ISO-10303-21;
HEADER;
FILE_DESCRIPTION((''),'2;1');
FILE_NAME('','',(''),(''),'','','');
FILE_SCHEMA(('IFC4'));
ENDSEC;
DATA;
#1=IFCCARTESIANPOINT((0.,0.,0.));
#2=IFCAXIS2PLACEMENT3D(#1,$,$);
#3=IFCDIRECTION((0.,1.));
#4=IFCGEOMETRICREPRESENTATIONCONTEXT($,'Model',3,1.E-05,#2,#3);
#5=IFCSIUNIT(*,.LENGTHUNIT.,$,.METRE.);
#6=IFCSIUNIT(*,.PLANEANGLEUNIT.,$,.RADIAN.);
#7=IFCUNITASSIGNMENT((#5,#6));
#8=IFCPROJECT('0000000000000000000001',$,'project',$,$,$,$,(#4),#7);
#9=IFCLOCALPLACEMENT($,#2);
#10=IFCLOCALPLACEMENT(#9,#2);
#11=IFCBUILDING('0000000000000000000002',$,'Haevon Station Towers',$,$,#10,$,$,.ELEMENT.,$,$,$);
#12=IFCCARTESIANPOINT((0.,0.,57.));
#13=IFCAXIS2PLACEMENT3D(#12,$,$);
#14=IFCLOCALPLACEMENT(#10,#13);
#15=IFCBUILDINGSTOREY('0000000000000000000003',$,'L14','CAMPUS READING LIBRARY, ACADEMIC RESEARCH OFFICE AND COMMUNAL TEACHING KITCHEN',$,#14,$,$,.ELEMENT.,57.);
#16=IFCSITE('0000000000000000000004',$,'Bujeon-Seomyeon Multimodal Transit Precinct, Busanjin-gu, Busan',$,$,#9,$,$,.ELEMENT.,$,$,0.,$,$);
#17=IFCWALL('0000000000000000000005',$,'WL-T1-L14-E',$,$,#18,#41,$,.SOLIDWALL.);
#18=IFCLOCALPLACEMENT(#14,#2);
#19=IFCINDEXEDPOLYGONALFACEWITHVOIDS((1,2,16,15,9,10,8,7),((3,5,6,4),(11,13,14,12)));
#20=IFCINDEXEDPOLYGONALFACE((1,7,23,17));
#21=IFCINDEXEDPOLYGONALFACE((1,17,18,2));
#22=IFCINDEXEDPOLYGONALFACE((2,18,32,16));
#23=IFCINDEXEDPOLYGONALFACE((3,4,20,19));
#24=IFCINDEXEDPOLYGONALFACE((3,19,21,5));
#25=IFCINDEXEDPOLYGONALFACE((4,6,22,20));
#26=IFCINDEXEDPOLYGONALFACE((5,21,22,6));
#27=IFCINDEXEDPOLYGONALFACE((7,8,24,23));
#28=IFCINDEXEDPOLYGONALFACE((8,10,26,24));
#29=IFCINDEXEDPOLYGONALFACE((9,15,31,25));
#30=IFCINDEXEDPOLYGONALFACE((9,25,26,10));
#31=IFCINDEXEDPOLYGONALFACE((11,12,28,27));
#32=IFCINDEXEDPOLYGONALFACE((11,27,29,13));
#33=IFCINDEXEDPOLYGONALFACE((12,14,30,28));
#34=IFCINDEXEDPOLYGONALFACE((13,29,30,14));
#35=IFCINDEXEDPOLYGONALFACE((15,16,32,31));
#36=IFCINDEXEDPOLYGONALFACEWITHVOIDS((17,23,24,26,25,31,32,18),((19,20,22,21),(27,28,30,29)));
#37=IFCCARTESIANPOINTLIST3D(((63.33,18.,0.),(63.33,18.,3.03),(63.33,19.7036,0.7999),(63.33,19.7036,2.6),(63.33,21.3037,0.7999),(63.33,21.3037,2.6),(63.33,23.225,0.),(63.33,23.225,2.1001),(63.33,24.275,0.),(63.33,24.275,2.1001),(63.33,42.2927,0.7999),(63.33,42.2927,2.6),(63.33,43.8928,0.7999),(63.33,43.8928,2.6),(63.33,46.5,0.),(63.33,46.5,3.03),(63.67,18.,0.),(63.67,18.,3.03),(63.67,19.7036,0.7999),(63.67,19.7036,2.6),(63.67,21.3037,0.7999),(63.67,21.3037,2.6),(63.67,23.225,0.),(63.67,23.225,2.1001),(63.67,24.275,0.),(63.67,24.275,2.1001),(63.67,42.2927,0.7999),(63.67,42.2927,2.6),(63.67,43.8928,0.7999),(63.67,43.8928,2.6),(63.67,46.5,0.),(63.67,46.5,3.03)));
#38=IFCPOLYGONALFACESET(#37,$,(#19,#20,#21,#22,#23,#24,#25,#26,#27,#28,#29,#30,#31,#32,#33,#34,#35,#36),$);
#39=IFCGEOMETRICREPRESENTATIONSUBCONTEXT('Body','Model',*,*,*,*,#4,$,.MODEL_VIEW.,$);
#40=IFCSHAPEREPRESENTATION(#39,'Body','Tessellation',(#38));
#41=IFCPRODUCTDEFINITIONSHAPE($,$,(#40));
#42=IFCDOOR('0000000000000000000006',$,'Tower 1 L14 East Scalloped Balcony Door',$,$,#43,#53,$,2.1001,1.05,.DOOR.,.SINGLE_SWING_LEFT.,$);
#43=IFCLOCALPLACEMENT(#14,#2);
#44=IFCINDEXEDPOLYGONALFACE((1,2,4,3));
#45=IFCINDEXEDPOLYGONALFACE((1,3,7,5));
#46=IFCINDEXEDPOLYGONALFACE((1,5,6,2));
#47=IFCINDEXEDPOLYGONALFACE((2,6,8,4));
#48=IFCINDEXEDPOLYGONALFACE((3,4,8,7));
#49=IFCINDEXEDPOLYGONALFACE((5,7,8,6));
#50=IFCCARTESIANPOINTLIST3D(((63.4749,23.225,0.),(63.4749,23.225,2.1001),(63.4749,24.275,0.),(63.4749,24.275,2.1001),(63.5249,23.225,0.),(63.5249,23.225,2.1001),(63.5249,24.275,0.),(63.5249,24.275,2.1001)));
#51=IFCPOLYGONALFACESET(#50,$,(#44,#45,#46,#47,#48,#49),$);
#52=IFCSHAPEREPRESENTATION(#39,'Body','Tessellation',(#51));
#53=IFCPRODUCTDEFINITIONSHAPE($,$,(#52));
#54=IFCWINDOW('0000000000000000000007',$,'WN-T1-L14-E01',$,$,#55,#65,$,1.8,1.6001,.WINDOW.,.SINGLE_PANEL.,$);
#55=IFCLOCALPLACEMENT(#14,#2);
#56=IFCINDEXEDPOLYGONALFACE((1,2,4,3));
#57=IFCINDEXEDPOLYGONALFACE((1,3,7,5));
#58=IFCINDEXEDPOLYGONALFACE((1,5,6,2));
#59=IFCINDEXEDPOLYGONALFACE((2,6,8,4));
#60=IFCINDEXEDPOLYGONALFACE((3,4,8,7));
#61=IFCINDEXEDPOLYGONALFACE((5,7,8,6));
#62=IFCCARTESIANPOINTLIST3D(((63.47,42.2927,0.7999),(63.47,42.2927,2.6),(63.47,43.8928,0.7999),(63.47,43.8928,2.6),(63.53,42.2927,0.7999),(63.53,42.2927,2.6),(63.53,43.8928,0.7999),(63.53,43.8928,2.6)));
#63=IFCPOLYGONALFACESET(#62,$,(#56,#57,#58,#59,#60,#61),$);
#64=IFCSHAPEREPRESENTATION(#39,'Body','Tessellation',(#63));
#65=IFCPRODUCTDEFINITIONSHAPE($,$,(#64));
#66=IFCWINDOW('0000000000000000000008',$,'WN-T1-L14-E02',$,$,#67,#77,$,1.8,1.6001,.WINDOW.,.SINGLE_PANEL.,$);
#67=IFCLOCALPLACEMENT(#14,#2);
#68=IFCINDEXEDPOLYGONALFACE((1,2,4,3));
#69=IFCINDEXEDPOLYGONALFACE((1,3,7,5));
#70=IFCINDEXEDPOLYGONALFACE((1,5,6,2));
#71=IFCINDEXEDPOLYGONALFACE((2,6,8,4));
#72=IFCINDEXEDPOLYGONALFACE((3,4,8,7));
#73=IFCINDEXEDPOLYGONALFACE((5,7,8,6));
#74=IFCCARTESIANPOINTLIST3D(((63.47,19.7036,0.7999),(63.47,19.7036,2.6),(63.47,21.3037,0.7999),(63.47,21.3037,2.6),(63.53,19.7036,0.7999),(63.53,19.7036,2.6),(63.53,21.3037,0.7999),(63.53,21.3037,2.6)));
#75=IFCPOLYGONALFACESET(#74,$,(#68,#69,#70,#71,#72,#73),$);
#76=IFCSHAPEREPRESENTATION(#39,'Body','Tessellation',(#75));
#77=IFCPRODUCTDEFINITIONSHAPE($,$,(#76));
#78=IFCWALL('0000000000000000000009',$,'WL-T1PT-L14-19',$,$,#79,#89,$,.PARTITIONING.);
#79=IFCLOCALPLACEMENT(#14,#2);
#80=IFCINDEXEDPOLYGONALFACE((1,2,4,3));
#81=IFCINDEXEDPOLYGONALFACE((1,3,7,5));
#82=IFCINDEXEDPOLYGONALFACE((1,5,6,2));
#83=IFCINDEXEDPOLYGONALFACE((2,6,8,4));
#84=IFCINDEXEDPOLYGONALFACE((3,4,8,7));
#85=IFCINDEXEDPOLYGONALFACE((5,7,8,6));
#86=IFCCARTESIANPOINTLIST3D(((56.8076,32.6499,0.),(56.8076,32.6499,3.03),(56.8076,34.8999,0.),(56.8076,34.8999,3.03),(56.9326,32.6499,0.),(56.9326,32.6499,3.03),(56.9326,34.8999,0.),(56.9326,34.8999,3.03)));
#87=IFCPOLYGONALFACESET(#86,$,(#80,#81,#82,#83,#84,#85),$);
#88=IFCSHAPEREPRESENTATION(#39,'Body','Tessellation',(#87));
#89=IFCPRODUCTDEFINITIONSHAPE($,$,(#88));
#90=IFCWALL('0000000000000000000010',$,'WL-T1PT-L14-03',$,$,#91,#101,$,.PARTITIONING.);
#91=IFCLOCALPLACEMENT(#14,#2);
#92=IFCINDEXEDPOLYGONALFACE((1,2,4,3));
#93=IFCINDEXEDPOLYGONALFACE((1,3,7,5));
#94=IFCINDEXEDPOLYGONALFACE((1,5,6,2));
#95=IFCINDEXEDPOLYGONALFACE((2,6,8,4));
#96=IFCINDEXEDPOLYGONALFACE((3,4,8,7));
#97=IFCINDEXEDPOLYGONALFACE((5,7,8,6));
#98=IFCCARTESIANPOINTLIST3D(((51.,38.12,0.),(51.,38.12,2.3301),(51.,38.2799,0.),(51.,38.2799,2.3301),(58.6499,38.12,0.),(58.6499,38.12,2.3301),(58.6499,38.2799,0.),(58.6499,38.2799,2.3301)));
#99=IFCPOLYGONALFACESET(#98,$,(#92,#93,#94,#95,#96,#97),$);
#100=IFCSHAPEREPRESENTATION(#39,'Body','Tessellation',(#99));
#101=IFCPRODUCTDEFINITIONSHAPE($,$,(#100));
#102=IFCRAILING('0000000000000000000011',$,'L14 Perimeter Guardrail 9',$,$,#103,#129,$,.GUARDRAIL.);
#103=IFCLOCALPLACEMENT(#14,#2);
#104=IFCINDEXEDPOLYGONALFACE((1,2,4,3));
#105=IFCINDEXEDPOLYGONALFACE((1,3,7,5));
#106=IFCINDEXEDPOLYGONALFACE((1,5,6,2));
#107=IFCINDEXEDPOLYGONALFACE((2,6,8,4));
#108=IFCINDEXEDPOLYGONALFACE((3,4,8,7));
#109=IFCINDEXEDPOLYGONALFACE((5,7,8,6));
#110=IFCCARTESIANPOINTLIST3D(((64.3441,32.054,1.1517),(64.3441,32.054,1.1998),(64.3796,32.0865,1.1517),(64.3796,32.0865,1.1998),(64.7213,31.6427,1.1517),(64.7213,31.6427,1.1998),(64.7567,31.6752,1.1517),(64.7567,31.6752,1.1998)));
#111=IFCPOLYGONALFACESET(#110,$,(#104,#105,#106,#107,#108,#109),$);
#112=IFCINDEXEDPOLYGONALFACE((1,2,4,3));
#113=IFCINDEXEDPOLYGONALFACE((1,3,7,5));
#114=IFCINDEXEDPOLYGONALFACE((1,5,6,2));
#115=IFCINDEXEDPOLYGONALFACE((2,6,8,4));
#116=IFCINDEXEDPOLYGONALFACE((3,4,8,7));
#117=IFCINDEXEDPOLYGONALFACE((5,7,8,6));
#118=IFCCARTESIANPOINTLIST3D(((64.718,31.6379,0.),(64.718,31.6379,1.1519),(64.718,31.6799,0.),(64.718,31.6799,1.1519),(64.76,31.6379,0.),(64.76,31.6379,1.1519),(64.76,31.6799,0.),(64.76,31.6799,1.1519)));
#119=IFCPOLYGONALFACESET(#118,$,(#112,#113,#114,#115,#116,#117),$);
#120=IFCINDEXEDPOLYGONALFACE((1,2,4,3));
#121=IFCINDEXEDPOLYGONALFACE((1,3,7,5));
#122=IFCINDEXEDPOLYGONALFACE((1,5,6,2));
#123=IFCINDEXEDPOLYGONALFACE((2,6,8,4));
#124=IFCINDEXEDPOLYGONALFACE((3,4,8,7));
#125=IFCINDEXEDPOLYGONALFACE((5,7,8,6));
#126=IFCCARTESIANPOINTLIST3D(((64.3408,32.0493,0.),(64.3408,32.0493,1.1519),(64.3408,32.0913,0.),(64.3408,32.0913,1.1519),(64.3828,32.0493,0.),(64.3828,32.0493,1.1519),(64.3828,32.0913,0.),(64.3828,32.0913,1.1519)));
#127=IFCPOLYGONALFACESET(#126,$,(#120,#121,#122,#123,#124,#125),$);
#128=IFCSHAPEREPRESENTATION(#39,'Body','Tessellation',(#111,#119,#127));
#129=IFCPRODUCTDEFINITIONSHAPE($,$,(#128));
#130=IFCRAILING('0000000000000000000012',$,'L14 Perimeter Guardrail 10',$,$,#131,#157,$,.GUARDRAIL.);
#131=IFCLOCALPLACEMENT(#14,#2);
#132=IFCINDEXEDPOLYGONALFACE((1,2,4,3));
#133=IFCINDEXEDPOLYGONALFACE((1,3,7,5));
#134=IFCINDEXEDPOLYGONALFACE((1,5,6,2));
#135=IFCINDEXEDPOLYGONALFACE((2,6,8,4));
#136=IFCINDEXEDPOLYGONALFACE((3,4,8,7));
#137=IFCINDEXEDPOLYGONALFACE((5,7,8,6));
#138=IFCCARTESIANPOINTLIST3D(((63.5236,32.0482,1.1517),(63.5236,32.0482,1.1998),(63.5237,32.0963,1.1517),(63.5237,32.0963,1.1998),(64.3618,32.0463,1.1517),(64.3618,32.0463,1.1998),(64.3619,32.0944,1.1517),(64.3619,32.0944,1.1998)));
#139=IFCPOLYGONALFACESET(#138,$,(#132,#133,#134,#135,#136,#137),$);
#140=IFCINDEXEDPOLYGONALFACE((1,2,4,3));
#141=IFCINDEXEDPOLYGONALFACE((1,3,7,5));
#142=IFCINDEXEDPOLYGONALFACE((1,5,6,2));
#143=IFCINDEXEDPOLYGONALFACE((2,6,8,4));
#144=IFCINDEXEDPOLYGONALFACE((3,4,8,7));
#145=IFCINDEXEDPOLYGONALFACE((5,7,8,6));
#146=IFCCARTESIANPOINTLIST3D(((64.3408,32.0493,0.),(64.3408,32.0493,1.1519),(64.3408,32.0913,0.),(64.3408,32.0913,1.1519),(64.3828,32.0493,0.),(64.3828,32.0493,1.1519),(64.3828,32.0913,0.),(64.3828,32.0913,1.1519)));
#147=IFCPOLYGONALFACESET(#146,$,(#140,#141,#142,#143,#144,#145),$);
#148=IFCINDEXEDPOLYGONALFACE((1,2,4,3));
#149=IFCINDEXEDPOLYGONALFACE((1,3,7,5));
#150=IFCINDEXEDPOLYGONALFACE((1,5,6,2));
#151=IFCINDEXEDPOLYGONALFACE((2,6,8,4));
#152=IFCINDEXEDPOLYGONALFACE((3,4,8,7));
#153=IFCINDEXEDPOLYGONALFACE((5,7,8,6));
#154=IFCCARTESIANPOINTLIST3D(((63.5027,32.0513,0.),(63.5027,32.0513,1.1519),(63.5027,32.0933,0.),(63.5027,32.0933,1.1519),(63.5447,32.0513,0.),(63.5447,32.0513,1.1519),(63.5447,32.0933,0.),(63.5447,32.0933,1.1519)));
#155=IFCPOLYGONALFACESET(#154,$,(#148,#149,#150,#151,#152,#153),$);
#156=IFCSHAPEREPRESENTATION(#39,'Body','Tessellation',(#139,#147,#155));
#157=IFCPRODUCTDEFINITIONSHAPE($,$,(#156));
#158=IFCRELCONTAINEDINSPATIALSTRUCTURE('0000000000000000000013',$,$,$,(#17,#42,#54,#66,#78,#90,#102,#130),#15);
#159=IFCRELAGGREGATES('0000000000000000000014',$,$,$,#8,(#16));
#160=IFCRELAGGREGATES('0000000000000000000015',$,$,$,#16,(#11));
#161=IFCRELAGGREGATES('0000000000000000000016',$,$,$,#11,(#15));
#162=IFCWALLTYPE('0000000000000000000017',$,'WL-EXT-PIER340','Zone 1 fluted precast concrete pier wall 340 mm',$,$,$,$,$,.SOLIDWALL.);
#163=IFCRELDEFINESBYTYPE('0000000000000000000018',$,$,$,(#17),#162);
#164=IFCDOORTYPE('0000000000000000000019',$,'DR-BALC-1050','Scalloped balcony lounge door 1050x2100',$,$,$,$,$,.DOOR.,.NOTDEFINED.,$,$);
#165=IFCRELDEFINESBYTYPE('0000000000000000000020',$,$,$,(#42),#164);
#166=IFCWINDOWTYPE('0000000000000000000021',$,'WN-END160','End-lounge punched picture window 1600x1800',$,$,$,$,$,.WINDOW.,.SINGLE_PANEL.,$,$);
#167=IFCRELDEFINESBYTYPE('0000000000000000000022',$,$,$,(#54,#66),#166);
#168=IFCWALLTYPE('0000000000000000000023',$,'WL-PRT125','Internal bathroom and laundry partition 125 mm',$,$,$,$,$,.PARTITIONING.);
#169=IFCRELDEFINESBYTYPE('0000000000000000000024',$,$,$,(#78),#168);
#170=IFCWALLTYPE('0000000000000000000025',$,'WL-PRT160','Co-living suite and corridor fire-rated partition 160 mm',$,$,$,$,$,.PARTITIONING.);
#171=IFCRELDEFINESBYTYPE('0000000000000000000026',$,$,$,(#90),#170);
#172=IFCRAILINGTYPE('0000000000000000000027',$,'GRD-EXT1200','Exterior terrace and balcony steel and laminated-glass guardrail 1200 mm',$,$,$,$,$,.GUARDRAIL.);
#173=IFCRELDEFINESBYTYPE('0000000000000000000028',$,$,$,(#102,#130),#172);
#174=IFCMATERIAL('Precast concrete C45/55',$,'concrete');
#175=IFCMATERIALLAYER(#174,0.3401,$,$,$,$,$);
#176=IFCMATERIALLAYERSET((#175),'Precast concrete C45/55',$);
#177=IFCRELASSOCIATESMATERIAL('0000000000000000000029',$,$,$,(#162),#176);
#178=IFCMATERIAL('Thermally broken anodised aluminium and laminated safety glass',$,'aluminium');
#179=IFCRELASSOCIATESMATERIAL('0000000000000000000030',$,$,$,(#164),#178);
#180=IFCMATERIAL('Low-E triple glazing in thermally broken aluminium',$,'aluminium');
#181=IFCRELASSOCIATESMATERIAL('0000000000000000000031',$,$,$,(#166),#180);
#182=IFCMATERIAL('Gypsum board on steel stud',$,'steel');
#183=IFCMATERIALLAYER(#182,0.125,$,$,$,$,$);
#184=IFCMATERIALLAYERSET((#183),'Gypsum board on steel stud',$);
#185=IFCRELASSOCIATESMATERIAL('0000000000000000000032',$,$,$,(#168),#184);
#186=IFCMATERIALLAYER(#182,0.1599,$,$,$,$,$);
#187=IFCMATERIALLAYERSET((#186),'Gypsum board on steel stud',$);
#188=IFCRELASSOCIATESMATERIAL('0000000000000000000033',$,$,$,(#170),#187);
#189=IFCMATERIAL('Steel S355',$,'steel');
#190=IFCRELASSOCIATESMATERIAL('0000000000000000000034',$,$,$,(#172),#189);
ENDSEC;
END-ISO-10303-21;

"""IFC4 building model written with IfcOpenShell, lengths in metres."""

from ifc_helpers import new_model, si_unit, direction, frame, frame_2d, origin, origin_2d, place, context, subcontext, project, spatial, rectangle, extrude, material, layer, layer_set, type_object, element, fill, save


model = new_model("IFC4")

# Units and contexts
model_context = context("Model", 3, precision=1e-05, world=origin(), true_north=direction((0.0, 1.0)))
body_context = subcontext(model_context, "Body", "Model", "MODEL_VIEW")
ifc_project = project(units=[si_unit("LENGTHUNIT", "METRE"), si_unit("PLANEANGLEUNIT", "RADIAN")], contexts=[model_context])

# Site, building, storey
site_placement = place(None, origin())
site = spatial("IfcSite", under=ifc_project, at=site_placement, Name="Bujeon-Seomyeon Multimodal Transit Precinct, Busanjin-gu, Busan", CompositionType="ELEMENT", RefElevation=0.0)
building_placement = place(site_placement, origin())
building = spatial("IfcBuilding", under=site, at=building_placement, Name="Haevon Station Towers", CompositionType="ELEMENT")
storey_placement = place(building_placement, frame((0.0, 0.0, 57.0)))
storey = spatial("IfcBuildingStorey", under=building, at=storey_placement, Name="L14", Description="CAMPUS READING LIBRARY, ACADEMIC RESEARCH OFFICE AND COMMUNAL TEACHING KITCHEN", CompositionType="ELEMENT", Elevation=57.0)

# Shared definitions
ifc_material_1 = material(Name="Steel S355", Category="steel")

# Shared definitions
ifc_material_2 = material(Name="Precast concrete C45/55", Category="concrete")
ifc_layer_1 = layer(ifc_material_2, 0.3401)
ifc_layer_set_1 = layer_set([ifc_layer_1], Name="Precast concrete C45/55")
wall_type_1 = type_object("IfcWallType", Name="WL-EXT-PIER340", Description="Zone 1 fluted precast concrete pier wall 340 mm", PredefinedType="SOLIDWALL", material=ifc_layer_set_1)

# Wall, openings, door, windows
wall_1_placement = place(storey_placement, frame((63.5, 46.5, 0.0), z_axis=(0.0, 0.0, 1.0), x_axis=(0.0, -1.0, 0.0)))
wall_1 = element("IfcWall", 1, at=wall_1_placement, inside=storey, type_object=wall_type_1, Name="WL-T1-L14-E", PredefinedType="SOLIDWALL", context=body_context, shape_type="SweptSolid", body=[
    extrude(rectangle(XDim=28.5, YDim=0.3401, at=frame_2d((14.25, 0.0))), origin(), (0.0, 0.0, 1.0), 3.03),
])
opening_1_placement = place(wall_1_placement, frame((22.2251, 0.0, 0.0)))
opening_1 = element("IfcOpeningElement", 2, at=opening_1_placement, cuts=wall_1, PredefinedType="OPENING", context=body_context, shape_type="SweptSolid", body=[
    extrude(rectangle(XDim=1.05, YDim=2.1001, at=frame_2d((0.5249, 1.05))), frame((0.0, 0.1799, 0.0), z_axis=(0.0, -1.0, 0.0), x_axis=(1.0, 0.0, 0.0)), (0.0, 0.0, 1.0), 0.3601),
])
opening_2_placement = place(wall_1_placement, frame((2.6072, 0.0, 0.8)))
opening_2 = element("IfcOpeningElement", 3, at=opening_2_placement, cuts=wall_1, PredefinedType="OPENING", context=body_context, shape_type="SweptSolid", body=[
    extrude(rectangle(XDim=1.6001, YDim=1.8, at=frame_2d((0.8, 0.8999))), frame((0.0, 0.1799, 0.0), z_axis=(0.0, -1.0, 0.0), x_axis=(1.0, 0.0, 0.0)), (0.0, 0.0, 1.0), 0.3601),
])
opening_3_placement = place(wall_1_placement, frame((25.1963, 0.0, 0.8)))
opening_3 = element("IfcOpeningElement", 4, at=opening_3_placement, cuts=wall_1, PredefinedType="OPENING", context=body_context, shape_type="SweptSolid", body=[
    extrude(rectangle(XDim=1.6001, YDim=1.8, at=frame_2d((0.8, 0.8999))), frame((0.0, 0.1799, 0.0), z_axis=(0.0, -1.0, 0.0), x_axis=(1.0, 0.0, 0.0)), (0.0, 0.0, 1.0), 0.3601),
])
ifc_material_3 = material(Name="Thermally broken anodised aluminium and laminated safety glass", Category="aluminium")
door_type = type_object("IfcDoorType", Name="DR-BALC-1050", Description="Scalloped balcony lounge door 1050x2100", OperationType="NOTDEFINED", PredefinedType="DOOR", material=ifc_material_3)
door_placement = place(opening_1_placement, origin())
door = element("IfcDoor", 5, at=door_placement, inside=storey, type_object=door_type, Name="Tower 1 L14 East Scalloped Balcony Door", OperationType="SINGLE_SWING_LEFT", OverallHeight=2.1001, OverallWidth=1.05, PredefinedType="DOOR", context=body_context, shape_type="SweptSolid", body=[
    extrude(rectangle(XDim=1.05, YDim=2.1001, at=frame_2d((0.5249, 1.05))), frame((0.0, 0.0249, 0.0), z_axis=(0.0, -1.0, 0.0), x_axis=(1.0, 0.0, 0.0)), (0.0, 0.0, 1.0), 0.05),
])
fill(opening_1, door)
ifc_material_4 = material(Name="Low-E triple glazing in thermally broken aluminium", Category="aluminium")
window_type = type_object("IfcWindowType", Name="WN-END160", Description="End-lounge punched picture window 1600x1800", PartitioningType="SINGLE_PANEL", PredefinedType="WINDOW", material=ifc_material_4)
window_1_placement = place(opening_2_placement, origin())
window_1 = element("IfcWindow", 6, at=window_1_placement, inside=storey, type_object=window_type, Name="WN-T1-L14-E01", OverallHeight=1.8, OverallWidth=1.6001, PartitioningType="SINGLE_PANEL", PredefinedType="WINDOW", context=body_context, shape_type="SweptSolid", body=[
    extrude(rectangle(XDim=1.6001, YDim=1.8, at=frame_2d((0.8, 0.8999))), frame((0.0, 0.03, 0.0), z_axis=(0.0, -1.0, 0.0), x_axis=(1.0, 0.0, 0.0)), (0.0, 0.0, 1.0), 0.0601),
])
fill(opening_2, window_1)
window_2_placement = place(opening_3_placement, origin())
window_2 = element("IfcWindow", 7, at=window_2_placement, inside=storey, type_object=window_type, Name="WN-T1-L14-E02", OverallHeight=1.8, OverallWidth=1.6001, PartitioningType="SINGLE_PANEL", PredefinedType="WINDOW", context=body_context, shape_type="SweptSolid", body=[
    extrude(rectangle(XDim=1.6001, YDim=1.8, at=frame_2d((0.8, 0.8999))), frame((0.0, 0.03, 0.0), z_axis=(0.0, -1.0, 0.0), x_axis=(1.0, 0.0, 0.0)), (0.0, 0.0, 1.0), 0.0601),
])
fill(opening_3, window_2)

# Walls
ifc_material_5 = material(Name="Gypsum board on steel stud", Category="steel")
ifc_layer_2 = layer(ifc_material_5, 0.125)
ifc_layer_set_2 = layer_set([ifc_layer_2], Name="Gypsum board on steel stud")
wall_type_2 = type_object("IfcWallType", Name="WL-PRT125", Description="Internal bathroom and laundry partition 125 mm", PredefinedType="PARTITIONING", material=ifc_layer_set_2)
wall_2_placement = place(storey_placement, frame((56.8701, 32.6499, 0.0), z_axis=(0.0, 0.0, 1.0), x_axis=(0.0, 1.0, 0.0)))
element("IfcWall", 8, at=wall_2_placement, inside=storey, type_object=wall_type_2, Name="WL-T1PT-L14-19", PredefinedType="PARTITIONING", context=body_context, shape_type="SweptSolid", body=[
    extrude(rectangle(XDim=2.25, YDim=0.125, at=frame_2d((1.125, 0.0))), origin(), (0.0, 0.0, 1.0), 3.03),
])
ifc_layer_3 = layer(ifc_material_5, 0.1599)
ifc_layer_set_3 = layer_set([ifc_layer_3], Name="Gypsum board on steel stud")
wall_type_3 = type_object("IfcWallType", Name="WL-PRT160", Description="Co-living suite and corridor fire-rated partition 160 mm", PredefinedType="PARTITIONING", material=ifc_layer_set_3)
wall_3_placement = place(storey_placement, frame((51.0, 38.2, 0.0), z_axis=(0.0, 0.0, 1.0), x_axis=(1.0, 0.0, 0.0)))
element("IfcWall", 9, at=wall_3_placement, inside=storey, type_object=wall_type_3, Name="WL-T1PT-L14-03", PredefinedType="PARTITIONING", context=body_context, shape_type="SweptSolid", body=[
    extrude(rectangle(XDim=7.6499, YDim=0.1599, at=frame_2d((3.825, 0.0))), origin(), (0.0, 0.0, 1.0), 2.3301),
])

# Railings
railing_type = type_object("IfcRailingType", Name="GRD-EXT1200", Description="Exterior terrace and balcony steel and laminated-glass guardrail 1200 mm", PredefinedType="GUARDRAIL", material=ifc_material_1)
railing_1_placement = place(storey_placement, frame((64.739, 31.6589, 0.0)))
element("IfcRailing", 10, at=railing_1_placement, inside=storey, type_object=railing_type, Name="L14 Perimeter Guardrail 9", PredefinedType="GUARDRAIL", context=body_context, shape_type="SweptSolid", body=[
    extrude(rectangle(XDim=0.0481, YDim=0.0481, at=origin_2d()), frame((0.0, 0.0, 1.1758), z_axis=(-0.675824, 0.737063, 0.0), x_axis=(-0.737063, -0.675824, 0.0)), (0.0, 0.0, 1.0), 0.5581),
    extrude(rectangle(XDim=0.042, YDim=0.042, at=origin_2d()), origin(), (0.0, 0.0, 1.0), 1.1519),
    extrude(rectangle(XDim=0.042, YDim=0.042, at=origin_2d()), frame((-0.3772, 0.4114, 0.0)), (0.0, 0.0, 1.0), 1.1519),
])
railing_2_placement = place(storey_placement, frame((64.3618, 32.0703, 0.0)))
element("IfcRailing", 11, at=railing_2_placement, inside=storey, type_object=railing_type, Name="L14 Perimeter Guardrail 10", PredefinedType="GUARDRAIL", context=body_context, shape_type="SweptSolid", body=[
    extrude(rectangle(XDim=0.0481, YDim=0.0481, at=origin_2d()), frame((0.0, 0.0, 1.1758), z_axis=(-0.999997, 0.00233, 0.0), x_axis=(-0.00233, -0.999997, 0.0)), (0.0, 0.0, 1.0), 0.8381),
    extrude(rectangle(XDim=0.042, YDim=0.042, at=origin_2d()), origin(), (0.0, 0.0, 1.0), 1.1519),
    extrude(rectangle(XDim=0.042, YDim=0.042, at=origin_2d()), frame((-0.8381, 0.002, 0.0)), (0.0, 0.0, 1.0), 1.1519),
])

save(model, "model.ifc")
